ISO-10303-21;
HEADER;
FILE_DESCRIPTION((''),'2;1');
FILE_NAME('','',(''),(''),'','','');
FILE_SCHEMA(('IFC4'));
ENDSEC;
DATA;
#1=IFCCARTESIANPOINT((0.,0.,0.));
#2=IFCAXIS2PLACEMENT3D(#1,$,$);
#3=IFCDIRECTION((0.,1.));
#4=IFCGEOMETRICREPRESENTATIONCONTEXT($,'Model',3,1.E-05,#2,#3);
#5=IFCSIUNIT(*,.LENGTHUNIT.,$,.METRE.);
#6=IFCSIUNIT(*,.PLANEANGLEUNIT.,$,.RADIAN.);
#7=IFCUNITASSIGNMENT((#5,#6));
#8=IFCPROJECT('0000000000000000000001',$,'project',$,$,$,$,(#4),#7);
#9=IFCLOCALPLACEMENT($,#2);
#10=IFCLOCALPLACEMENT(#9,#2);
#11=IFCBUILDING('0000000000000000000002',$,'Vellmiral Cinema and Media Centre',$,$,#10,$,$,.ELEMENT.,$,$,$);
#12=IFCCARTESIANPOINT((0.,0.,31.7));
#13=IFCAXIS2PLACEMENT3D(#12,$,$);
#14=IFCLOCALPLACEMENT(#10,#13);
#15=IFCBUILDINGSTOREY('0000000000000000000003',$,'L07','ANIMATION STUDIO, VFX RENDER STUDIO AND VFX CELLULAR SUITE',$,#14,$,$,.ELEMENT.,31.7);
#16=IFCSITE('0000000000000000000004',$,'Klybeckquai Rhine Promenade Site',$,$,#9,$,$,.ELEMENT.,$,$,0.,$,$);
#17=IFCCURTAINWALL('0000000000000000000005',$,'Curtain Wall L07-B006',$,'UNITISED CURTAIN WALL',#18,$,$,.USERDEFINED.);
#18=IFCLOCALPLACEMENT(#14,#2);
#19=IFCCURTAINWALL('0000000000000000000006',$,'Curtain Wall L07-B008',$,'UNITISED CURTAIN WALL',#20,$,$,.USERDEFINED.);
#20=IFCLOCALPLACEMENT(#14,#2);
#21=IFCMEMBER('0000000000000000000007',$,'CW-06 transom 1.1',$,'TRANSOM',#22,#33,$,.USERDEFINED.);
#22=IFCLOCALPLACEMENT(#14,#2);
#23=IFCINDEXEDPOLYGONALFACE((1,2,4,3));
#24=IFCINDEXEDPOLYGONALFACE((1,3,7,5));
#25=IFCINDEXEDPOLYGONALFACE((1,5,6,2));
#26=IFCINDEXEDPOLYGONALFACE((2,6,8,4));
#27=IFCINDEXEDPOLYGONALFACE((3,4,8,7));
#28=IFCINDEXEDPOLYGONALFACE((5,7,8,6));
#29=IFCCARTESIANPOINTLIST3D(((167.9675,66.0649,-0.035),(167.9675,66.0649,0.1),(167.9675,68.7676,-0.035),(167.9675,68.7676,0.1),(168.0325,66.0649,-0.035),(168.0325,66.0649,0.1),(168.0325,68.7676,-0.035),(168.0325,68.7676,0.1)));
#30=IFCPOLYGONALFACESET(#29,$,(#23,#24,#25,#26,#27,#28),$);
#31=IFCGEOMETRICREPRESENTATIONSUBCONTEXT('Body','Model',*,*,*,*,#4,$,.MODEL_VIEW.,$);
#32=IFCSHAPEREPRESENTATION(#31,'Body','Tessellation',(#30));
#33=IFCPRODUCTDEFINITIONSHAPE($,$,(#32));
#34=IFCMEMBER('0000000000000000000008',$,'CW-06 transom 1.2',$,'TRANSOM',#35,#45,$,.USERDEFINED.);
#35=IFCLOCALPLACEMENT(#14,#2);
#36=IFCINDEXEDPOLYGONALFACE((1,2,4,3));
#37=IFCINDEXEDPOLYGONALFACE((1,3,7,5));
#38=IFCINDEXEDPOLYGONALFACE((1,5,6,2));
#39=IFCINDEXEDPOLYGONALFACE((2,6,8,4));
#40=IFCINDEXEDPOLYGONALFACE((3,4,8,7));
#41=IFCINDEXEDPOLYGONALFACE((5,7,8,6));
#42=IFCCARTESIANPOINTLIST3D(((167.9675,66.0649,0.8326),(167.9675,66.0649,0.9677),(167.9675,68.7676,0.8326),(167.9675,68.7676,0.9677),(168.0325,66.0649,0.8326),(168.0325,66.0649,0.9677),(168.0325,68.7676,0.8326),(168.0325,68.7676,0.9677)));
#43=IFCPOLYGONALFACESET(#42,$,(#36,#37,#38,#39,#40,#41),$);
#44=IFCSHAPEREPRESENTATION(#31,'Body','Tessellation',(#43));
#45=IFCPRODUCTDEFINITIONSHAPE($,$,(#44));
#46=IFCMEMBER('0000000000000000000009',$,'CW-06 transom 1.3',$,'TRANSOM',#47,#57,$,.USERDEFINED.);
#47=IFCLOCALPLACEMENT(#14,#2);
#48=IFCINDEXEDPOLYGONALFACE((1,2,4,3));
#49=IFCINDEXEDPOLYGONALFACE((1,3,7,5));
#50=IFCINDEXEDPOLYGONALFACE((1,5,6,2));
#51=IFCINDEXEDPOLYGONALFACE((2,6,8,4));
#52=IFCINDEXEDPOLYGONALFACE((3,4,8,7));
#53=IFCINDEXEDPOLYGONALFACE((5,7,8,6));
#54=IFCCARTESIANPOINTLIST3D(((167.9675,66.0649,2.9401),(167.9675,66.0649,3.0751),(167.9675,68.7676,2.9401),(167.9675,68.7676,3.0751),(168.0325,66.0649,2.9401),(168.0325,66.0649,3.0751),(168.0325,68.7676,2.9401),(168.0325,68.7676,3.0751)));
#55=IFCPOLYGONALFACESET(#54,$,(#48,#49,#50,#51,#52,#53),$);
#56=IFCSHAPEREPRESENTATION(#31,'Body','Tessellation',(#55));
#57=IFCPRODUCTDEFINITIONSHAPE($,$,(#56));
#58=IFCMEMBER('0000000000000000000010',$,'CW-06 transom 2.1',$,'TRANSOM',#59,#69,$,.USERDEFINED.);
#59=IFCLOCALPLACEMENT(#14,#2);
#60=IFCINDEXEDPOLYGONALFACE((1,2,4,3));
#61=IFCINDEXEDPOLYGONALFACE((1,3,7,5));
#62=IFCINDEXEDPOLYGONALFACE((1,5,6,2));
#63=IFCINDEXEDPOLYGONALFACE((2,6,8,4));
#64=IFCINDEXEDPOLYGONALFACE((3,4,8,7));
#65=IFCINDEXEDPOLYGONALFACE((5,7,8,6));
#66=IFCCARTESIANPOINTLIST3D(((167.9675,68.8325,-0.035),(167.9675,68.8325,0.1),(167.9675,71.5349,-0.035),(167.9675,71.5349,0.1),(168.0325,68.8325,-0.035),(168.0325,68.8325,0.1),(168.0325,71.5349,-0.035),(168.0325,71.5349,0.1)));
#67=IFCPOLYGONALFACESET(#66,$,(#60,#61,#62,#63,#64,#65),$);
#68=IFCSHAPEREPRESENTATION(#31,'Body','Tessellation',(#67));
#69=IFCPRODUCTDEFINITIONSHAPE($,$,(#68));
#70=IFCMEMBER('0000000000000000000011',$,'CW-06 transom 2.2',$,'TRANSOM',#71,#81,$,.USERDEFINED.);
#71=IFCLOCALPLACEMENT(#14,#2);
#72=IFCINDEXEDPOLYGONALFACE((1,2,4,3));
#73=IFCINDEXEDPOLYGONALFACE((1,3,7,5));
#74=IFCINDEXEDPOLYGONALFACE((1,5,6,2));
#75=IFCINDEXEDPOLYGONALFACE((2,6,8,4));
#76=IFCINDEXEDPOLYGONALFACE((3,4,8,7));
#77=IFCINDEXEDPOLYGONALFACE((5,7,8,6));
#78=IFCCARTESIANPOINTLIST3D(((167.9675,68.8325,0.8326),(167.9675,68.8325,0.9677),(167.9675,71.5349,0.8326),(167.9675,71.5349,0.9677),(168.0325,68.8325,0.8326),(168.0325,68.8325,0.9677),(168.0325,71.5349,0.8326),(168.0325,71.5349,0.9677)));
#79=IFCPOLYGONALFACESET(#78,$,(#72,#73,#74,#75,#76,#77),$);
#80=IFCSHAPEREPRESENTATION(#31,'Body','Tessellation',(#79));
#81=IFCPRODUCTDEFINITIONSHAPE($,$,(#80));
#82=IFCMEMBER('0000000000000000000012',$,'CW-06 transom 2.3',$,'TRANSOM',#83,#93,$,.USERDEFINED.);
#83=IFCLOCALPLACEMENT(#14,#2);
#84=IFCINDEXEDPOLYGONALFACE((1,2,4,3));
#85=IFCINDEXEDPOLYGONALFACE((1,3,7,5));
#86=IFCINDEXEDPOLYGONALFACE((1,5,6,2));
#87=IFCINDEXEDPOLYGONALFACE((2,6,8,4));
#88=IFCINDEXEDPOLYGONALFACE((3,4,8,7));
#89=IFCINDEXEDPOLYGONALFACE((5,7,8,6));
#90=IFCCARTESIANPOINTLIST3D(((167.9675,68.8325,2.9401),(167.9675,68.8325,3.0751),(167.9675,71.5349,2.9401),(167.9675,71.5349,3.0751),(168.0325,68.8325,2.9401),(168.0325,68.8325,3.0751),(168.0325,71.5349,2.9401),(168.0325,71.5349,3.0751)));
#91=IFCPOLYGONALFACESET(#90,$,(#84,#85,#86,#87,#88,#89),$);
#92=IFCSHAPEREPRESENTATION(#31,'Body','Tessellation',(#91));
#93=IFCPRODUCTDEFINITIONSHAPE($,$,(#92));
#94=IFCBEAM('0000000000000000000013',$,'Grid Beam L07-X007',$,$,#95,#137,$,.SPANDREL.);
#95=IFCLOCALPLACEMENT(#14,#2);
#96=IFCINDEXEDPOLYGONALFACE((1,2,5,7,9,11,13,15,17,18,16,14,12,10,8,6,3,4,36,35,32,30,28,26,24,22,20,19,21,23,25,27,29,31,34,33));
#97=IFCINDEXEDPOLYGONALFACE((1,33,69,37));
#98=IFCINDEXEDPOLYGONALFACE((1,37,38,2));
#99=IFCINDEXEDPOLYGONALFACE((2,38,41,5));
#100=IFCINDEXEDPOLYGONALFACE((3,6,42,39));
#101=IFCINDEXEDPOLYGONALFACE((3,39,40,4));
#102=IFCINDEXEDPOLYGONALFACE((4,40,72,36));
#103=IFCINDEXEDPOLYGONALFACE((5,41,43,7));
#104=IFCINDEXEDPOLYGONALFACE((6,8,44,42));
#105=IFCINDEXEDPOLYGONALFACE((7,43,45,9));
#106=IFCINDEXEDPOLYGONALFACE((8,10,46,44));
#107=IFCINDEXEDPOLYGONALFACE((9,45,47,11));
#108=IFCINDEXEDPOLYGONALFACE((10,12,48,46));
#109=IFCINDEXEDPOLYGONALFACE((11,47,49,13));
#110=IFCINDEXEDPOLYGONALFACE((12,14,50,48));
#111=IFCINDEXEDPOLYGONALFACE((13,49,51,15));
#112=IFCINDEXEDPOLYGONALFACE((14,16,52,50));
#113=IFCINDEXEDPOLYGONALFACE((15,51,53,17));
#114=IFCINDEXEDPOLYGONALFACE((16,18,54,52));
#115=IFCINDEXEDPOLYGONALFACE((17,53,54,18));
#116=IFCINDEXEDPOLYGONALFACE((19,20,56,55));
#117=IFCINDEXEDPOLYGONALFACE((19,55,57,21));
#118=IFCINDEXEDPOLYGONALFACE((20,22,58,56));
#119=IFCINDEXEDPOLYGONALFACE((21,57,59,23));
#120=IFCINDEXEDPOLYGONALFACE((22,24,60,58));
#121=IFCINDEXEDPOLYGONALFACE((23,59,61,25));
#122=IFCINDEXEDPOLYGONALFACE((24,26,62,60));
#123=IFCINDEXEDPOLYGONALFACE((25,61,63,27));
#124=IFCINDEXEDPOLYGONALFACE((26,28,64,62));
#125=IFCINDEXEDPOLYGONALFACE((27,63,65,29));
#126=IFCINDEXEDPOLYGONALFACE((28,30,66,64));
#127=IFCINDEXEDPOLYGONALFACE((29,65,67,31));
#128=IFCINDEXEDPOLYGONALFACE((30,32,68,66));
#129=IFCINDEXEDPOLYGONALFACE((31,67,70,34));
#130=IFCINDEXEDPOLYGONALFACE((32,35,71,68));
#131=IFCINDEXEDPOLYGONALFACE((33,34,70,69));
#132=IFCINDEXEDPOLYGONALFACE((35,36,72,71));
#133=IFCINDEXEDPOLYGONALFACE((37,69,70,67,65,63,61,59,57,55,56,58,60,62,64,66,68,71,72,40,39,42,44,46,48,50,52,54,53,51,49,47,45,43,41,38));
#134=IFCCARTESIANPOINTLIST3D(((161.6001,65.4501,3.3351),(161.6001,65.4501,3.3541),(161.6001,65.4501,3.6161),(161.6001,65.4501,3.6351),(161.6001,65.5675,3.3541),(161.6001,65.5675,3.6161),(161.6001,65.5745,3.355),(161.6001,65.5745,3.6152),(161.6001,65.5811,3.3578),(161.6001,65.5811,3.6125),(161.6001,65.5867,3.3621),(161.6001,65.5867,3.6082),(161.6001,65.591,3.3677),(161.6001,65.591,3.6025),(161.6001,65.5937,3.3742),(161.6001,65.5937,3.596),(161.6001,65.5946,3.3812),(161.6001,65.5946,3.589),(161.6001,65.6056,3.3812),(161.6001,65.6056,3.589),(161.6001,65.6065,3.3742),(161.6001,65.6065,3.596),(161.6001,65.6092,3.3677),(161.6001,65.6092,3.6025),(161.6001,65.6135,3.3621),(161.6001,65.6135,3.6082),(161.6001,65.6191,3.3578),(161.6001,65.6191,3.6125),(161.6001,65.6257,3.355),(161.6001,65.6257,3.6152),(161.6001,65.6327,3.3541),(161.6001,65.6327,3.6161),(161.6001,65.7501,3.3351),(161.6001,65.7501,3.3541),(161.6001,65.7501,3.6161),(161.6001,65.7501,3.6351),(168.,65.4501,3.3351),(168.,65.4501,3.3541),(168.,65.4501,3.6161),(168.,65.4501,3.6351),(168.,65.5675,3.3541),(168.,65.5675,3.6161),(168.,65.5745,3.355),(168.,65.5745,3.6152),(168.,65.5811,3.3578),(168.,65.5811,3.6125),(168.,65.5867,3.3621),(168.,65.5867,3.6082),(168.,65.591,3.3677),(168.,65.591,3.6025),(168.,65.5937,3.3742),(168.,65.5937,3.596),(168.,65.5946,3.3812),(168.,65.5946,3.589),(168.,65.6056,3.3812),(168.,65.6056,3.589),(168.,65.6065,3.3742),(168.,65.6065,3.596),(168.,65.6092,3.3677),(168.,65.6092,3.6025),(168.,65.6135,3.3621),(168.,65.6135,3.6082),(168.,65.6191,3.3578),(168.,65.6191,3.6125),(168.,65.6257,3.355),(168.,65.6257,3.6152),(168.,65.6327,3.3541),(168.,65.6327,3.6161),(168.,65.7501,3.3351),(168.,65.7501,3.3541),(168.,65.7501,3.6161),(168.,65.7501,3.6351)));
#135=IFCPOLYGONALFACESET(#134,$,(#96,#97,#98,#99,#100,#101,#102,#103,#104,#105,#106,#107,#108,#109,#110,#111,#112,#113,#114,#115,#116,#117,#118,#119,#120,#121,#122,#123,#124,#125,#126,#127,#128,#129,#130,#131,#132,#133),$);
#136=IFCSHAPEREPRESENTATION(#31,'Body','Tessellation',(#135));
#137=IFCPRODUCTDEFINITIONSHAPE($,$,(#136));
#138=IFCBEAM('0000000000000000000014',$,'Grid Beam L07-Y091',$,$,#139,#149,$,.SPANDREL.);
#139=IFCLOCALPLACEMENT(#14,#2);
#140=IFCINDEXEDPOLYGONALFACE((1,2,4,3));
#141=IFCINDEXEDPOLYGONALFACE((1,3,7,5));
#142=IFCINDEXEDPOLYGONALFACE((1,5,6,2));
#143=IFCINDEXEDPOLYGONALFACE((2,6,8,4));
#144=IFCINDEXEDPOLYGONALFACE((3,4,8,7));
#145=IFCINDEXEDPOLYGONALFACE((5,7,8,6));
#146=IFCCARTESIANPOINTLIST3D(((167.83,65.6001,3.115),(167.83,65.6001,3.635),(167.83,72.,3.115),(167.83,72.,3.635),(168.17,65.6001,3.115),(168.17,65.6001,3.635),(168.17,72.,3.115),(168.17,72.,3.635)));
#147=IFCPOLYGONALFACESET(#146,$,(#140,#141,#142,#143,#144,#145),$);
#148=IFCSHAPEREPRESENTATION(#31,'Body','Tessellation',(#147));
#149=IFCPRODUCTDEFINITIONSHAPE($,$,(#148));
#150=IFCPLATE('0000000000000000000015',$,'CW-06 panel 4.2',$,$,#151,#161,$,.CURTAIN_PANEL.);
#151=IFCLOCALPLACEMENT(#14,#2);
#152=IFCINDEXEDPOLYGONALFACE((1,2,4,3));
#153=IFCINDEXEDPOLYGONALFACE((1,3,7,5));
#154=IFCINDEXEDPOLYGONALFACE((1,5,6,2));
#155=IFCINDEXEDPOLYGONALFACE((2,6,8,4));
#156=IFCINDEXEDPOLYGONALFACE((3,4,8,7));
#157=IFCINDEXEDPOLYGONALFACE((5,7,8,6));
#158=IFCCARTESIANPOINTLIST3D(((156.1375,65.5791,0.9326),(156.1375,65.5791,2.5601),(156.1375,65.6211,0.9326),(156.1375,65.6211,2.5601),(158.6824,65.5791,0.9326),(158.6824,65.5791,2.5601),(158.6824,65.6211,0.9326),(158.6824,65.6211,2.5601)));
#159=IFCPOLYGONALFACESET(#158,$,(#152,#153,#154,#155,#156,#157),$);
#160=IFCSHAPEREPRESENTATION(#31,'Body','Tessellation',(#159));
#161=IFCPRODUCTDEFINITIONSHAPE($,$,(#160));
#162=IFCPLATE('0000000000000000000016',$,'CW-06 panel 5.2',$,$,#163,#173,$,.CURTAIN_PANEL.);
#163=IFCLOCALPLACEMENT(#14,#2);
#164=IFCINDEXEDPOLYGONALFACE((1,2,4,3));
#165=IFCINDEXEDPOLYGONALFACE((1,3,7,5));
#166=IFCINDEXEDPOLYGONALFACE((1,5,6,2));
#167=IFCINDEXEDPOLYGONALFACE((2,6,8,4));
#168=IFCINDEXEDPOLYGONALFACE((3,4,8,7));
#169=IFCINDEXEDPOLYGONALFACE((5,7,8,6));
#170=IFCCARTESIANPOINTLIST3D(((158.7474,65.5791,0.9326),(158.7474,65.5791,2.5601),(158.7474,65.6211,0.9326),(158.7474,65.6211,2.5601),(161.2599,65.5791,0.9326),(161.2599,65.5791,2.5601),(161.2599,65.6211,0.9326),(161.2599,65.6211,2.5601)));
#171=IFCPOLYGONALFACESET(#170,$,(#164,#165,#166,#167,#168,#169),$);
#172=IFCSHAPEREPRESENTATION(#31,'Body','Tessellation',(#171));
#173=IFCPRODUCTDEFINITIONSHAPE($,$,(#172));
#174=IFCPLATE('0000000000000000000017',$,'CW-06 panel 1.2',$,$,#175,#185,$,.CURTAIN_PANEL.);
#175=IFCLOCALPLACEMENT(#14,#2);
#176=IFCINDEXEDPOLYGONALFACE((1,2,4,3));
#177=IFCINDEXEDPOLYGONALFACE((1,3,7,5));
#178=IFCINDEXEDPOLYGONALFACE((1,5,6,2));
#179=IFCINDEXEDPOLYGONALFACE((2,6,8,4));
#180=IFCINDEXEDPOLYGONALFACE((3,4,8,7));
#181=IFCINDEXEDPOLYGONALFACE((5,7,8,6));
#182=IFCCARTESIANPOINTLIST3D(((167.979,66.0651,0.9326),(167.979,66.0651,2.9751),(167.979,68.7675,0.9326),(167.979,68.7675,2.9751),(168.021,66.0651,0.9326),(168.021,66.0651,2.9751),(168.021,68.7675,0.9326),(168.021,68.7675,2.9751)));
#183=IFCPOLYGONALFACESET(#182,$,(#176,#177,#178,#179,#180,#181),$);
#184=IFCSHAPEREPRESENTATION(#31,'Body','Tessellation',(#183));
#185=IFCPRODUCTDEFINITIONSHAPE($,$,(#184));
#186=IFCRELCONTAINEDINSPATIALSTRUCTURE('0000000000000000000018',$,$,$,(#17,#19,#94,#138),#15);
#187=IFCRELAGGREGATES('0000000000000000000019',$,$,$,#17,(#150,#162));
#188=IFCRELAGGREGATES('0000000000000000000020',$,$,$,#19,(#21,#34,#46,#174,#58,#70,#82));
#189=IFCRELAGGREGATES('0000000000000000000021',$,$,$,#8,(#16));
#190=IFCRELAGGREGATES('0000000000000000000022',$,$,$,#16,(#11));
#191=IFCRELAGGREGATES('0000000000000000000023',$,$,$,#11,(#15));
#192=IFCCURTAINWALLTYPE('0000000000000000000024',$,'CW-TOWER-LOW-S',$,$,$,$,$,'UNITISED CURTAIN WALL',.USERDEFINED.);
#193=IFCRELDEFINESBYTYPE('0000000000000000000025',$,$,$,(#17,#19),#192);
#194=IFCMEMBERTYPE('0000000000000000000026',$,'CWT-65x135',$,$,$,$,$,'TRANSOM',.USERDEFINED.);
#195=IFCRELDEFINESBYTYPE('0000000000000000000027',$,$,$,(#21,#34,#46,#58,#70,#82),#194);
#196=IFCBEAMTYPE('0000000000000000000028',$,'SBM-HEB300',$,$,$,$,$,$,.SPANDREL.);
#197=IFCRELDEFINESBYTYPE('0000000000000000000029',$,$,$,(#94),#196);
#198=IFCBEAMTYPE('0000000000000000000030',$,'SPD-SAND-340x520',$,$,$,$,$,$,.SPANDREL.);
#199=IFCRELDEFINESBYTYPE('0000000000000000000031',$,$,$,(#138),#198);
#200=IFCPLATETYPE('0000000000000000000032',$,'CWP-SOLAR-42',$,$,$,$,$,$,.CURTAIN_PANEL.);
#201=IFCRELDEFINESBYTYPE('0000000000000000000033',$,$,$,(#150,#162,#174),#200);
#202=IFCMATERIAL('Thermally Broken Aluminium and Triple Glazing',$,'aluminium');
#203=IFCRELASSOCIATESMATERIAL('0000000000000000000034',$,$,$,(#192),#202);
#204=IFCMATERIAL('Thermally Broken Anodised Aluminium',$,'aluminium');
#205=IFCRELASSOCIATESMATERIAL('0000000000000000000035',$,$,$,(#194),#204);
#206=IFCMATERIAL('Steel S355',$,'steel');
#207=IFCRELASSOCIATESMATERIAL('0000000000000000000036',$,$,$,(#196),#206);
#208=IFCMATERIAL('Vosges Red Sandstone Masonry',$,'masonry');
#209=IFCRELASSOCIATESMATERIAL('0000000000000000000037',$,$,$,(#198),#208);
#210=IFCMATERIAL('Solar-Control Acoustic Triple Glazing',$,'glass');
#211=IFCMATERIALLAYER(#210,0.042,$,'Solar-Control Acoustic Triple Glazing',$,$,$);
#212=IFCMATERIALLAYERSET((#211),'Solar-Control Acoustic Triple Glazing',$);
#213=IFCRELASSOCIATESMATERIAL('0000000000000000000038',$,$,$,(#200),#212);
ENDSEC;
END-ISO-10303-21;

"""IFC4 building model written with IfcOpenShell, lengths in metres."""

from ifc_helpers import new_model, si_unit, direction, frame, origin, origin_2d, place, context, subcontext, project, spatial, rectangle, i_section, extrude, material, layer, layer_set, material_profile, profile_set, type_object, element, aggregate, save


model = new_model("IFC4")

# Units and contexts
model_context = context("Model", 3, precision=1e-05, world=origin(), true_north=direction((0.0, 1.0)))
body_context = subcontext(model_context, "Body", "Model", "MODEL_VIEW")
ifc_project = project(units=[si_unit("LENGTHUNIT", "METRE"), si_unit("PLANEANGLEUNIT", "RADIAN")], contexts=[model_context])

# Site, building, storey
site_placement = place(None, origin())
site = spatial("IfcSite", under=ifc_project, at=site_placement, Name="Klybeckquai Rhine Promenade Site", CompositionType="ELEMENT", RefElevation=0.0)
building_placement = place(site_placement, origin())
building = spatial("IfcBuilding", under=site, at=building_placement, Name="Vellmiral Cinema and Media Centre", CompositionType="ELEMENT")
storey_placement = place(building_placement, frame((0.0, 0.0, 31.7)))
storey = spatial("IfcBuildingStorey", under=building, at=storey_placement, Name="L07", Description="ANIMATION STUDIO, VFX RENDER STUDIO AND VFX CELLULAR SUITE", CompositionType="ELEMENT", Elevation=31.7)

# Curtain walls
ifc_material_1 = material(Name="Thermally Broken Aluminium and Triple Glazing", Category="aluminium")
curtain_wall_type = type_object("IfcCurtainWallType", Name="CW-TOWER-LOW-S", ElementType="UNITISED CURTAIN WALL", PredefinedType="USERDEFINED", material=ifc_material_1)
curtain_wall_1_placement = place(storey_placement, origin())
curtain_wall_1 = element("IfcCurtainWall", 1, at=curtain_wall_1_placement, inside=storey, type_object=curtain_wall_type, Name="Curtain Wall L07-B006", ObjectType="UNITISED CURTAIN WALL", PredefinedType="USERDEFINED")
curtain_wall_2_placement = place(storey_placement, origin())
curtain_wall_2 = element("IfcCurtainWall", 2, at=curtain_wall_2_placement, inside=storey, type_object=curtain_wall_type, Name="Curtain Wall L07-B008", ObjectType="UNITISED CURTAIN WALL", PredefinedType="USERDEFINED")

# Members
ifc_material_2 = material(Name="Thermally Broken Anodised Aluminium", Category="aluminium")
ifc_material_profile_1 = material_profile(ifc_material_2, rectangle(XDim=0.0649, YDim=0.135, at=origin_2d()), Name="MULL 65x135")
ifc_profile_set_1 = profile_set([ifc_material_profile_1], Name="Thermally Broken Anodised Aluminium")
member_type_1 = type_object("IfcMemberType", Name="CWT-65x135", ElementType="TRANSOM", PredefinedType="USERDEFINED", material=ifc_profile_set_1)
member_1_placement = place(storey_placement, frame((168.0, 66.0649, 0.0325), z_axis=(0.0, 1.0, 0.0), x_axis=(-1.0, 0.0, 0.0)))
member_1 = element("IfcMember", 3, at=member_1_placement, type_object=member_type_1, Name="CW-06 transom 1.1", ObjectType="TRANSOM", PredefinedType="USERDEFINED", context=body_context, shape_type="SweptSolid", body=[
    extrude(rectangle(XDim=0.0649, YDim=0.135, at=origin_2d()), origin(), (0.0, 0.0, 1.0), 2.7026),
])
member_2_placement = place(storey_placement, frame((168.0, 66.0649, 0.9001), z_axis=(0.0, 1.0, 0.0), x_axis=(-1.0, 0.0, 0.0)))
member_2 = element("IfcMember", 4, at=member_2_placement, type_object=member_type_1, Name="CW-06 transom 1.2", ObjectType="TRANSOM", PredefinedType="USERDEFINED", context=body_context, shape_type="SweptSolid", body=[
    extrude(rectangle(XDim=0.0649, YDim=0.135, at=origin_2d()), origin(), (0.0, 0.0, 1.0), 2.7026),
])
member_3_placement = place(storey_placement, frame((168.0, 66.0649, 3.0076), z_axis=(0.0, 1.0, 0.0), x_axis=(-1.0, 0.0, 0.0)))
member_3 = element("IfcMember", 5, at=member_3_placement, type_object=member_type_1, Name="CW-06 transom 1.3", ObjectType="TRANSOM", PredefinedType="USERDEFINED", context=body_context, shape_type="SweptSolid", body=[
    extrude(rectangle(XDim=0.0649, YDim=0.135, at=origin_2d()), origin(), (0.0, 0.0, 1.0), 2.7026),
])
member_4_placement = place(storey_placement, frame((168.0, 68.8325, 0.0325), z_axis=(0.0, 1.0, 0.0), x_axis=(-1.0, 0.0, 0.0)))
member_4 = element("IfcMember", 6, at=member_4_placement, type_object=member_type_1, Name="CW-06 transom 2.1", ObjectType="TRANSOM", PredefinedType="USERDEFINED", context=body_context, shape_type="SweptSolid", body=[
    extrude(rectangle(XDim=0.0649, YDim=0.135, at=origin_2d()), origin(), (0.0, 0.0, 1.0), 2.7024),
])
member_5_placement = place(storey_placement, frame((168.0, 68.8325, 0.9001), z_axis=(0.0, 1.0, 0.0), x_axis=(-1.0, 0.0, 0.0)))
member_5 = element("IfcMember", 7, at=member_5_placement, type_object=member_type_1, Name="CW-06 transom 2.2", ObjectType="TRANSOM", PredefinedType="USERDEFINED", context=body_context, shape_type="SweptSolid", body=[
    extrude(rectangle(XDim=0.0649, YDim=0.135, at=origin_2d()), origin(), (0.0, 0.0, 1.0), 2.7024),
])
member_6_placement = place(storey_placement, frame((168.0, 68.8325, 3.0076), z_axis=(0.0, 1.0, 0.0), x_axis=(-1.0, 0.0, 0.0)))
member_6 = element("IfcMember", 8, at=member_6_placement, type_object=member_type_1, Name="CW-06 transom 2.3", ObjectType="TRANSOM", PredefinedType="USERDEFINED", context=body_context, shape_type="SweptSolid", body=[
    extrude(rectangle(XDim=0.0649, YDim=0.135, at=origin_2d()), origin(), (0.0, 0.0, 1.0), 2.7024),
])

# Beams
ifc_material_3 = material(Name="Steel S355", Category="steel")
ifc_material_profile_2 = material_profile(ifc_material_3, i_section(OverallWidth=0.3, OverallDepth=0.3, WebThickness=0.011, FlangeThickness=0.019, FilletRadius=0.0271, at=origin_2d()), Name="HEB 300")
ifc_profile_set_2 = profile_set([ifc_material_profile_2], Name="Steel S355")
beam_type_1 = type_object("IfcBeamType", Name="SBM-HEB300", PredefinedType="SPANDREL", material=ifc_profile_set_2)
beam_1_placement = place(storey_placement, frame((161.6001, 65.6001, 3.4851), z_axis=(1.0, 0.0, 0.0), x_axis=(0.0, 1.0, 0.0)))
element("IfcBeam", 9, at=beam_1_placement, inside=storey, type_object=beam_type_1, Name="Grid Beam L07-X007", PredefinedType="SPANDREL", context=body_context, shape_type="SweptSolid", body=[
    extrude(i_section(OverallWidth=0.3, OverallDepth=0.3, WebThickness=0.011, FlangeThickness=0.019, FilletRadius=0.0271, at=origin_2d()), origin(), (0.0, 0.0, 1.0), 6.3999),
])
ifc_material_4 = material(Name="Vosges Red Sandstone Masonry", Category="masonry")
ifc_material_profile_3 = material_profile(ifc_material_4, rectangle(XDim=0.3401, YDim=0.52, at=origin_2d()), Name="SAND 340x520")
ifc_profile_set_3 = profile_set([ifc_material_profile_3], Name="Vosges Red Sandstone Masonry")
beam_type_2 = type_object("IfcBeamType", Name="SPD-SAND-340x520", PredefinedType="SPANDREL", material=ifc_profile_set_3)
beam_2_placement = place(storey_placement, frame((168.0, 65.6001, 3.375), z_axis=(0.0, 1.0, 0.0), x_axis=(-1.0, 0.0, 0.0)))
element("IfcBeam", 10, at=beam_2_placement, inside=storey, type_object=beam_type_2, Name="Grid Beam L07-Y091", PredefinedType="SPANDREL", context=body_context, shape_type="SweptSolid", body=[
    extrude(rectangle(XDim=0.3401, YDim=0.52, at=origin_2d()), origin(), (0.0, 0.0, 1.0), 6.3999),
])

# Plates
ifc_material_5 = material(Name="Solar-Control Acoustic Triple Glazing", Category="glass")
ifc_layer_1 = layer(ifc_material_5, 0.042, Name="Solar-Control Acoustic Triple Glazing")
ifc_layer_set_1 = layer_set([ifc_layer_1], Name="Solar-Control Acoustic Triple Glazing")
plate_type_1 = type_object("IfcPlateType", Name="CWP-SOLAR-42", PredefinedType="CURTAIN_PANEL", material=ifc_layer_set_1)
plate_1_placement = place(storey_placement, frame((157.4099, 65.6001, 0.9326), z_axis=(0.0, 0.0, 1.0), x_axis=(1.0, 0.0, 0.0)))
plate_1 = element("IfcPlate", 11, at=plate_1_placement, type_object=plate_type_1, Name="CW-06 panel 4.2", PredefinedType="CURTAIN_PANEL", context=body_context, shape_type="SweptSolid", body=[
    extrude(rectangle(XDim=2.5449, YDim=0.042, at=origin_2d()), origin(), (0.0, 0.0, 1.0), 1.6274),
])
plate_2_placement = place(storey_placement, frame((160.0037, 65.6001, 0.9326), z_axis=(0.0, 0.0, 1.0), x_axis=(1.0, 0.0, 0.0)))
plate_2 = element("IfcPlate", 12, at=plate_2_placement, type_object=plate_type_1, Name="CW-06 panel 5.2", PredefinedType="CURTAIN_PANEL", context=body_context, shape_type="SweptSolid", body=[
    extrude(rectangle(XDim=2.5125, YDim=0.042, at=origin_2d()), origin(), (0.0, 0.0, 1.0), 1.6274),
])
plate_3_placement = place(storey_placement, frame((168.0, 67.4163, 0.9326), z_axis=(0.0, 0.0, 1.0), x_axis=(0.0, 1.0, 0.0)))
plate_3 = element("IfcPlate", 13, at=plate_3_placement, type_object=plate_type_1, Name="CW-06 panel 1.2", PredefinedType="CURTAIN_PANEL", context=body_context, shape_type="SweptSolid", body=[
    extrude(rectangle(XDim=2.7024, YDim=0.042, at=origin_2d()), origin(), (0.0, 0.0, 1.0), 2.0425),
])
aggregate(curtain_wall_1, [plate_1, plate_2])
aggregate(curtain_wall_2, [member_1, member_2, member_3, plate_3, member_4, member_5, member_6])

save(model, "model.ifc")
